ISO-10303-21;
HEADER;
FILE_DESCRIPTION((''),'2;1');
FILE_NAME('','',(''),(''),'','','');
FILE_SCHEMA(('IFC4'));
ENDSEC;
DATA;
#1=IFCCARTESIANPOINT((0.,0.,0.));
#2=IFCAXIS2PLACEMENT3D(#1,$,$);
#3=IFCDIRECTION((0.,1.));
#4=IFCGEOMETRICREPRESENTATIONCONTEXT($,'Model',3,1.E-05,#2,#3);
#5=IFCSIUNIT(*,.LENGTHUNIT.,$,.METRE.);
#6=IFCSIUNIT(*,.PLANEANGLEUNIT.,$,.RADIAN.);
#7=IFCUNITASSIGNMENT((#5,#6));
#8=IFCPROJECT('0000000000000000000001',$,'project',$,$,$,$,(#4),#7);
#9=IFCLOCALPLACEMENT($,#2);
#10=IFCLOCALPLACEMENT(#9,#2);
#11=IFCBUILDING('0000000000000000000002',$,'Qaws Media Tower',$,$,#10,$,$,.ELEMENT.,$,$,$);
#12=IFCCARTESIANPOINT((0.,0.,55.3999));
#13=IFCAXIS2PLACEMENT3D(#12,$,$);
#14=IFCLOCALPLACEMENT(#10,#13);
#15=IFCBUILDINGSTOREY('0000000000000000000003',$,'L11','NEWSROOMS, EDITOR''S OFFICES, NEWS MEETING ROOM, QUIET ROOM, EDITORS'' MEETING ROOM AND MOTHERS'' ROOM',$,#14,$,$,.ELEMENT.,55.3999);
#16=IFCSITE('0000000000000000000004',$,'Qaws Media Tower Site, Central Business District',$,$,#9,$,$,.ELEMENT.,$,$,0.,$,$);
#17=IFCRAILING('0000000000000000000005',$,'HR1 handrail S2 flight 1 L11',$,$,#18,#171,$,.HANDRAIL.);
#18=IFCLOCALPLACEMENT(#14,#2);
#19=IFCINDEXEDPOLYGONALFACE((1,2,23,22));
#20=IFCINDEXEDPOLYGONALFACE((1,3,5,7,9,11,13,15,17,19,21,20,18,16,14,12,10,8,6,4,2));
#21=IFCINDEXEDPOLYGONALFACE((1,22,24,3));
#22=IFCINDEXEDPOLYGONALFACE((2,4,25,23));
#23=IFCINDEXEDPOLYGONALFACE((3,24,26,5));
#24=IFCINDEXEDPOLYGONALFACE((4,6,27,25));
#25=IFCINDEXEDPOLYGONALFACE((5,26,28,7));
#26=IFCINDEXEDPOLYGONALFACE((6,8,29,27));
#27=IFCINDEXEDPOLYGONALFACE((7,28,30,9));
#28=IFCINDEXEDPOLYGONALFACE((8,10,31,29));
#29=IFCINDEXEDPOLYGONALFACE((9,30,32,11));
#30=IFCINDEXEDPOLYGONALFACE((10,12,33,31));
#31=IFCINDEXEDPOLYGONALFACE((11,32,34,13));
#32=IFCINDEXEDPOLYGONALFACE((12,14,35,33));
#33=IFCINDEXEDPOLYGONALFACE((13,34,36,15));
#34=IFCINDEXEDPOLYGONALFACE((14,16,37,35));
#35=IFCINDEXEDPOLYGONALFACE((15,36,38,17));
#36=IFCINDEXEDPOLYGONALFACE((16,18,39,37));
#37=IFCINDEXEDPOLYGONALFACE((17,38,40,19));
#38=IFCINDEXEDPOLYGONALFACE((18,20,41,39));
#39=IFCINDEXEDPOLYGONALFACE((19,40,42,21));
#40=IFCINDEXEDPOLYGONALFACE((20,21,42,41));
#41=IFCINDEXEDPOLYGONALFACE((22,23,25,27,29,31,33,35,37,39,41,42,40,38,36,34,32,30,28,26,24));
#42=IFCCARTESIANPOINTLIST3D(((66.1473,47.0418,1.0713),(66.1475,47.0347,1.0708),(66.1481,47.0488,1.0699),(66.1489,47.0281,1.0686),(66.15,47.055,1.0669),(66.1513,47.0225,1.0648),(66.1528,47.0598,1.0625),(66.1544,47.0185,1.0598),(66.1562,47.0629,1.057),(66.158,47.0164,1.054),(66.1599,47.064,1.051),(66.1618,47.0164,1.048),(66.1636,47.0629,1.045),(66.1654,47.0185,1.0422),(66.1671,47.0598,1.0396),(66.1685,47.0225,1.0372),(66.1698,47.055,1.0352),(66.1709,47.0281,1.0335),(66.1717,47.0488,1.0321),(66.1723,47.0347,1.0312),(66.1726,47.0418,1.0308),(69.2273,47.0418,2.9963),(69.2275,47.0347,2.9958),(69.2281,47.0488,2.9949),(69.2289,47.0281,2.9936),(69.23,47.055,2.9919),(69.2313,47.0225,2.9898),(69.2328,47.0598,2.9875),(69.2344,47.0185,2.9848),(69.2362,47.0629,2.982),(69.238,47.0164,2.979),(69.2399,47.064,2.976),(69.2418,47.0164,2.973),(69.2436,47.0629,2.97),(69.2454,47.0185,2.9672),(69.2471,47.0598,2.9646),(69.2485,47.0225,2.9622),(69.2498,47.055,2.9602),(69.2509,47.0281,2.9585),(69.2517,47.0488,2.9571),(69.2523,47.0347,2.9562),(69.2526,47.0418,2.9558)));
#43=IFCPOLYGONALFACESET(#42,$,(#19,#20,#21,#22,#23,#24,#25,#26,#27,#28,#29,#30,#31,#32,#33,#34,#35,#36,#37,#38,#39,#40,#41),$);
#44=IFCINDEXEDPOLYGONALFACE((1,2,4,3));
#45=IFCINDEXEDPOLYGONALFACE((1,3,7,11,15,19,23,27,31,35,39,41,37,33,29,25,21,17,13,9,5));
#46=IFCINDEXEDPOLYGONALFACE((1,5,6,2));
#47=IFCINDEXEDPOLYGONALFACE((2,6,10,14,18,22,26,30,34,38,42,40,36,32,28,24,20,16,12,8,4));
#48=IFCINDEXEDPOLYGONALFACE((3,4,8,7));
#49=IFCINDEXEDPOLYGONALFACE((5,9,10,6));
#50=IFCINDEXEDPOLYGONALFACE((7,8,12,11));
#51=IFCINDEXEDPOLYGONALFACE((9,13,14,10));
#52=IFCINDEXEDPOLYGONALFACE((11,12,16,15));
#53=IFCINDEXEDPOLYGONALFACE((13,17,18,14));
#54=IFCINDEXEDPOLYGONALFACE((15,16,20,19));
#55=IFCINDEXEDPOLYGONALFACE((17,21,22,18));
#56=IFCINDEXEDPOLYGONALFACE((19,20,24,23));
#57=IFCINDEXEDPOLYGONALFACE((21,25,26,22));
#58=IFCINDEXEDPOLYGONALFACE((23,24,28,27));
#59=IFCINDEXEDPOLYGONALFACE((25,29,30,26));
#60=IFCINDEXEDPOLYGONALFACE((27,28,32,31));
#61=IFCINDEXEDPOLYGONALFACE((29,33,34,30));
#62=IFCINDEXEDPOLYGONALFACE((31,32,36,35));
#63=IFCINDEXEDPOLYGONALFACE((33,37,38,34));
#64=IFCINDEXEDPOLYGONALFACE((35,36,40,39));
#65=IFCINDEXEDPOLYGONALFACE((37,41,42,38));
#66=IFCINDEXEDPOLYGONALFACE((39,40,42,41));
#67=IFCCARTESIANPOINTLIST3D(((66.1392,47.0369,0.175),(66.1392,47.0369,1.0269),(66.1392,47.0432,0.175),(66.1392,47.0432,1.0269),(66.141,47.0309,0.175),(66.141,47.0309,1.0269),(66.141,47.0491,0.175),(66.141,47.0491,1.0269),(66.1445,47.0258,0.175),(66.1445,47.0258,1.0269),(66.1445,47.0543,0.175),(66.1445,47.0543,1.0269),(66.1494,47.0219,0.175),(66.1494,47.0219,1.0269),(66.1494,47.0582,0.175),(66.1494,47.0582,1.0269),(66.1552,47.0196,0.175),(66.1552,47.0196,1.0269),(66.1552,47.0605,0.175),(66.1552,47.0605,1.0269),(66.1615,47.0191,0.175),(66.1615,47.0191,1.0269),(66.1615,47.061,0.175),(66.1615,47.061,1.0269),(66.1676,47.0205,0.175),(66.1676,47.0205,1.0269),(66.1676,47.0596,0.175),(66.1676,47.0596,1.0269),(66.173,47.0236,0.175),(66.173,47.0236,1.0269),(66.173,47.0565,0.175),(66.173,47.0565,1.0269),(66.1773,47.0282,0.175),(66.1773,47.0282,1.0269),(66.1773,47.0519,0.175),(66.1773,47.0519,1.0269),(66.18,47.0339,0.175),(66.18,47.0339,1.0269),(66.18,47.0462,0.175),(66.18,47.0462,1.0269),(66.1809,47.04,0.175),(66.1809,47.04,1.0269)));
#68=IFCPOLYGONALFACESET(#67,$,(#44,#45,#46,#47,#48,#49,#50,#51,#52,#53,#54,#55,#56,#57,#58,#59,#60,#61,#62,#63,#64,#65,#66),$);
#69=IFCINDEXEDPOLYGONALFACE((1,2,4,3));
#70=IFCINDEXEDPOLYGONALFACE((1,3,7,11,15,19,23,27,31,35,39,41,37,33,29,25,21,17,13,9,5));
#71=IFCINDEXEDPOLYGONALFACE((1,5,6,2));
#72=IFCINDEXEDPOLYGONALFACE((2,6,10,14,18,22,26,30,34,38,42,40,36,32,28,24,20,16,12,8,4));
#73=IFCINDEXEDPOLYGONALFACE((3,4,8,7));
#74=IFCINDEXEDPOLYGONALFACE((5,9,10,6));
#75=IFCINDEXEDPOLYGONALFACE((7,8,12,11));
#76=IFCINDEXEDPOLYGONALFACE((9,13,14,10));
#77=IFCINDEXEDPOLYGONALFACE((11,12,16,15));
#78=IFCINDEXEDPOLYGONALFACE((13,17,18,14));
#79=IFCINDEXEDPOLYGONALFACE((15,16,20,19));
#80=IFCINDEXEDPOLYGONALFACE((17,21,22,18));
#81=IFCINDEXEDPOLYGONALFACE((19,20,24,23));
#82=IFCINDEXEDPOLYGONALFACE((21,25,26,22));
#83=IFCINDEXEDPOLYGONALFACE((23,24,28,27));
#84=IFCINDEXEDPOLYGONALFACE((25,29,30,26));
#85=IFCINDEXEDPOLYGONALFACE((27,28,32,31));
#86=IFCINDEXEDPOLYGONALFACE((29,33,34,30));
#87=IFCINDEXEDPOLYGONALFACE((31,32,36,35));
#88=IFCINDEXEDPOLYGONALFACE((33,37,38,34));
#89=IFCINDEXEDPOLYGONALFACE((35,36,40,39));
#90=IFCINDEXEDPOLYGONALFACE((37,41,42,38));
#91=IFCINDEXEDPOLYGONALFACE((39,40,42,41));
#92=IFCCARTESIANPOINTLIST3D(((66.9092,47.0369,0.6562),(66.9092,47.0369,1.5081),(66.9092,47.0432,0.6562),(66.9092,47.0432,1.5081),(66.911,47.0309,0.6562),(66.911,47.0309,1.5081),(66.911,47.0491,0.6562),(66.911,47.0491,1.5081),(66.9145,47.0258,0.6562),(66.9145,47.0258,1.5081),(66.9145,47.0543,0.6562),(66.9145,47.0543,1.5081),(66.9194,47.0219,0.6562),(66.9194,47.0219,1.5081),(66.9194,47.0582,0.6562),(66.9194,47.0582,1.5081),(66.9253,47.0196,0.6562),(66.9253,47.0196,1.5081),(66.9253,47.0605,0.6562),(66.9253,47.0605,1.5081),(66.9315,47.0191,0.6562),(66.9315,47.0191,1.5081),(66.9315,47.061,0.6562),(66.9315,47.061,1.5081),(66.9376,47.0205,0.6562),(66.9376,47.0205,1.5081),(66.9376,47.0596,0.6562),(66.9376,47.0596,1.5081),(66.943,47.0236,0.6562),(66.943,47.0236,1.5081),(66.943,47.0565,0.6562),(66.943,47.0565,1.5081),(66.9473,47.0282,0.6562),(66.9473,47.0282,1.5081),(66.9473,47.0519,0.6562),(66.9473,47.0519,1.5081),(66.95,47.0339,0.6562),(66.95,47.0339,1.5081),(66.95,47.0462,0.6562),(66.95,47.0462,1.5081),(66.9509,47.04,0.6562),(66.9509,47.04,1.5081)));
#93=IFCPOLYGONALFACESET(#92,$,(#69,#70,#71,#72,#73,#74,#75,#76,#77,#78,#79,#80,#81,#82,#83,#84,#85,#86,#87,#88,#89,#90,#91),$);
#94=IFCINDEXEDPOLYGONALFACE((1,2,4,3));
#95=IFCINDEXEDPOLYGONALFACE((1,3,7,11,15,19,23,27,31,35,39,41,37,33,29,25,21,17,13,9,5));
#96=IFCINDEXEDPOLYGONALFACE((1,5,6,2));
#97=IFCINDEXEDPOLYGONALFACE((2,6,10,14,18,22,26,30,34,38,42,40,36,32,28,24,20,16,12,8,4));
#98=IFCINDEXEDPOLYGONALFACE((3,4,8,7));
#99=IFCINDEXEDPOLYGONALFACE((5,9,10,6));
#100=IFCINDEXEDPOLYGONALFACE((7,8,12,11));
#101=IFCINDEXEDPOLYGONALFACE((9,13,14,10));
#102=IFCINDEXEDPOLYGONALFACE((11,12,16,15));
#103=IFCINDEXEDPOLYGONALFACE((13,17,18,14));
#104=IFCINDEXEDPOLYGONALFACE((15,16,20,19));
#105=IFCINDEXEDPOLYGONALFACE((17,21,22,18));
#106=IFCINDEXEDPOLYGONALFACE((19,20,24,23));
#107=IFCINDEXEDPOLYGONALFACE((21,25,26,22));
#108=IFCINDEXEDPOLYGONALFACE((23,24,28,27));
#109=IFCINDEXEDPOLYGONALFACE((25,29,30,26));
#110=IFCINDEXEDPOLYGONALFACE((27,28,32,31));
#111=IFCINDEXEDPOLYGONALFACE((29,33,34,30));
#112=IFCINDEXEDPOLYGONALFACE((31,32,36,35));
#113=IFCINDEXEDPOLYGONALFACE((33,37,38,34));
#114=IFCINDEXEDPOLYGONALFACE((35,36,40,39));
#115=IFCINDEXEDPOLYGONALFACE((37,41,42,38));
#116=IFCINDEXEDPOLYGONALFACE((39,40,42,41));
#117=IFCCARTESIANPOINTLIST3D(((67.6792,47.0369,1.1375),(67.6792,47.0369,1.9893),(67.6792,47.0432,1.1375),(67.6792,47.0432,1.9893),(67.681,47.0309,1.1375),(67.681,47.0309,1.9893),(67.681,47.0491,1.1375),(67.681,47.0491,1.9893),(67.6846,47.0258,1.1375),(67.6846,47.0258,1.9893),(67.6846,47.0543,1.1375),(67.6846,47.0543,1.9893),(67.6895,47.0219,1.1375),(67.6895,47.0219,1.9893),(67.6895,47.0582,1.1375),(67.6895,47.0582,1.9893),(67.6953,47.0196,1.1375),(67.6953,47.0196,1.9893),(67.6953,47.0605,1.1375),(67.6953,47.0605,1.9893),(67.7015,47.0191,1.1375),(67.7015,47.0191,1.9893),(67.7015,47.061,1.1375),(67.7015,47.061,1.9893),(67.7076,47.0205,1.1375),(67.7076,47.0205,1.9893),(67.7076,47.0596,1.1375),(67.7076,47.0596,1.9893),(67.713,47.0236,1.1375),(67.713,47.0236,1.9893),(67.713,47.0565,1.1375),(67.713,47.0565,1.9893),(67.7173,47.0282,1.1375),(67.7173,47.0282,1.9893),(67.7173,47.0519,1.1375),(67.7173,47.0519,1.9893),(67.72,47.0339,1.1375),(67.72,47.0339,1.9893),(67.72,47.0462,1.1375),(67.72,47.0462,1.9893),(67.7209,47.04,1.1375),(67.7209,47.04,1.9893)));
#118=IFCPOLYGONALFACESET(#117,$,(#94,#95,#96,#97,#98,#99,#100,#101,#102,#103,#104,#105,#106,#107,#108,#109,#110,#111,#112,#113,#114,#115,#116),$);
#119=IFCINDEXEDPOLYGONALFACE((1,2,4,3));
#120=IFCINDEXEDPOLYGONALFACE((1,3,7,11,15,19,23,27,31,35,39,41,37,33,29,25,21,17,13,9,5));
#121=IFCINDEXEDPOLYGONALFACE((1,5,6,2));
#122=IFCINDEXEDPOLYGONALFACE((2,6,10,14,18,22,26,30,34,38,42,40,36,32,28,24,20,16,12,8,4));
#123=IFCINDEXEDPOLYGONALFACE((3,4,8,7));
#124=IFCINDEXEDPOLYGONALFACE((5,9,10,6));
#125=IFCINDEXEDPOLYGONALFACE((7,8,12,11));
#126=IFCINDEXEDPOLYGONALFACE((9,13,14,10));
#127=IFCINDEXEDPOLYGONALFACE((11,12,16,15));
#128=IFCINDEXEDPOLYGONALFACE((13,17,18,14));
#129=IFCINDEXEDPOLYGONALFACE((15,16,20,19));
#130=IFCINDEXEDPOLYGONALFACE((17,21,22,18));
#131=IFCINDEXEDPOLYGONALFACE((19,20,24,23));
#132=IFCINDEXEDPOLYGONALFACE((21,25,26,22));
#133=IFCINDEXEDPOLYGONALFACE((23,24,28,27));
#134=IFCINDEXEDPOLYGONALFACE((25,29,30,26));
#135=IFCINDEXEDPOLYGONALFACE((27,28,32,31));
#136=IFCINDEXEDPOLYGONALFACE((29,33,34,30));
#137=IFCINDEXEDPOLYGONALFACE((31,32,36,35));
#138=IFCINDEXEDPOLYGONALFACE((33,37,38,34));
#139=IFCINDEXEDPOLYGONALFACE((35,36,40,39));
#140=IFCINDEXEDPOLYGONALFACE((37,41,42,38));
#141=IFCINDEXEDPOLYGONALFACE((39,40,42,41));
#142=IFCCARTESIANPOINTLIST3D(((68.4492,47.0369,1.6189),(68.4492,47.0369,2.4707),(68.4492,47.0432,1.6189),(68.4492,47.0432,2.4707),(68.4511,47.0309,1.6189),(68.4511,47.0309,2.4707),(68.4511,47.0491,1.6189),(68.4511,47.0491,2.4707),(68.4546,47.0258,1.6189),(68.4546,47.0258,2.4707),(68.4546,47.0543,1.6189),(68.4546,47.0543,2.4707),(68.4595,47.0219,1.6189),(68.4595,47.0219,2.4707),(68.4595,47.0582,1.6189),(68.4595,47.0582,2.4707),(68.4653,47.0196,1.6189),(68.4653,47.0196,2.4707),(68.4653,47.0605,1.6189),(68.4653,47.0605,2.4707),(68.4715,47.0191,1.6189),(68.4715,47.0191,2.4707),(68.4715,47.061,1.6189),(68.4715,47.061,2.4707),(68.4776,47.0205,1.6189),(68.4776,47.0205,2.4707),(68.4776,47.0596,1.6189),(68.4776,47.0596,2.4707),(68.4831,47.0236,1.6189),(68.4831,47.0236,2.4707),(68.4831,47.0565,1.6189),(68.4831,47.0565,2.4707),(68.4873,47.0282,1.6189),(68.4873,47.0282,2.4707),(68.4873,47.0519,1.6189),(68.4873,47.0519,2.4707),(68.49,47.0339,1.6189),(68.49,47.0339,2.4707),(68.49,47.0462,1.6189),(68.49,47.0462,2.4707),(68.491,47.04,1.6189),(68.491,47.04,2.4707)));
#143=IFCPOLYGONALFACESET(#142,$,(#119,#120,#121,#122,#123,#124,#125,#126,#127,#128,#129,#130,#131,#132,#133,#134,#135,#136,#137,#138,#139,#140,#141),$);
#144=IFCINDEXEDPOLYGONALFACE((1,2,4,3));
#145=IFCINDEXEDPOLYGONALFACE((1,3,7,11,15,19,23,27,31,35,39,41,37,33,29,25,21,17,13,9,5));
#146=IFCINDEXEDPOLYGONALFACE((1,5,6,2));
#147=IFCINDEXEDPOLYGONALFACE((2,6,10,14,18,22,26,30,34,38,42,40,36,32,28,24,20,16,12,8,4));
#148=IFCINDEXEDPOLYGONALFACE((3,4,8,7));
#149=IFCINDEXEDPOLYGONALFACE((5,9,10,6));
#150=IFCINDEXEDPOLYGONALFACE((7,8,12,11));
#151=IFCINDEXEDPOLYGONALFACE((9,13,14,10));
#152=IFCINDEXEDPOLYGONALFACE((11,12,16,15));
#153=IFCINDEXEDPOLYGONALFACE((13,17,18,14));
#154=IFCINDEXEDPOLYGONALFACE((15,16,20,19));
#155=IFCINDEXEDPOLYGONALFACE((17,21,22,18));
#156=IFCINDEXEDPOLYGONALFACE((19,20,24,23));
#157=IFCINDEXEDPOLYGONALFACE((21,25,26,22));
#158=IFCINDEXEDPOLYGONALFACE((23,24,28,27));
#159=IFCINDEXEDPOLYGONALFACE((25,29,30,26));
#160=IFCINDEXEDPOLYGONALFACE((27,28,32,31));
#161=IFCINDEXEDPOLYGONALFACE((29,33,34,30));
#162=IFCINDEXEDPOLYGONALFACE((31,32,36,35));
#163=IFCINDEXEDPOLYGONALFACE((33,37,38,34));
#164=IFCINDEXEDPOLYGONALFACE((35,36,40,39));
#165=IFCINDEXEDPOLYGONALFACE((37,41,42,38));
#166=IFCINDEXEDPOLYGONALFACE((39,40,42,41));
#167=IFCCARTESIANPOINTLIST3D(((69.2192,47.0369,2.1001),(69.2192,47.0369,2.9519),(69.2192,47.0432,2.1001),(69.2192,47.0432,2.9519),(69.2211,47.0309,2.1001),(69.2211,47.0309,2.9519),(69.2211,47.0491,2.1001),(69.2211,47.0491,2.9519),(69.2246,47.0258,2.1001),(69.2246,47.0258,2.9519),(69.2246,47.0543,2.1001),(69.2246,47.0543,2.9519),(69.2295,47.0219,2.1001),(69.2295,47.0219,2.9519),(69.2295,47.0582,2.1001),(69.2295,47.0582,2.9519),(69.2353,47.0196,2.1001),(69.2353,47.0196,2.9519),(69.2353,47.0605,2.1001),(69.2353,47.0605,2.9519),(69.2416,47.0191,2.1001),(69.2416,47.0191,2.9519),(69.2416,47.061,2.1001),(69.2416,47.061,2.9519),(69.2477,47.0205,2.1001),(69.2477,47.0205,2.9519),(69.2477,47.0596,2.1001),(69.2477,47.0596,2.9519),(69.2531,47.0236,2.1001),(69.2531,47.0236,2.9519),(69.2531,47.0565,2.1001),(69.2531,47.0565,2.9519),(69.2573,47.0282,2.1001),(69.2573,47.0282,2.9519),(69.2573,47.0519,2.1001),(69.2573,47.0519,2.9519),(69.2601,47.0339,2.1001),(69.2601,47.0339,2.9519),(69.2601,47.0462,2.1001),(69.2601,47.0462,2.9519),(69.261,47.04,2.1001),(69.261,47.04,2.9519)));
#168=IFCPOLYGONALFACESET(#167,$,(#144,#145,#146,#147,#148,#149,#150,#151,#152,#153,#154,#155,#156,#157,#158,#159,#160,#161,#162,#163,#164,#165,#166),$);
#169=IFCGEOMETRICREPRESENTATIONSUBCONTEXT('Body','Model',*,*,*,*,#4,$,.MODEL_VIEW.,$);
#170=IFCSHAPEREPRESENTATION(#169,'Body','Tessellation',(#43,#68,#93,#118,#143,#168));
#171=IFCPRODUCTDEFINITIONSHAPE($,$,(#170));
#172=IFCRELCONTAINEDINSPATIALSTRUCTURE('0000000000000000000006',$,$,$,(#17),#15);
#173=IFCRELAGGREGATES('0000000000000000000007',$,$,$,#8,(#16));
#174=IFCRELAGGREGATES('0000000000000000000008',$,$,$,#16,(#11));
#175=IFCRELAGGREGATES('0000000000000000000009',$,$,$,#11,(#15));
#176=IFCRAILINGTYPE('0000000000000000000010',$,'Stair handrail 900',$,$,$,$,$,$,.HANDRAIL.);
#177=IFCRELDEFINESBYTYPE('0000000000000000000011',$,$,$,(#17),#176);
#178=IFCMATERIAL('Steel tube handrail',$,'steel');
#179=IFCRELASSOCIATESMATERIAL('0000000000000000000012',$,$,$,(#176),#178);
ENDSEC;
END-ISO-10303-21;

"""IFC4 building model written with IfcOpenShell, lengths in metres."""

from ifc_helpers import new_model, si_unit, direction, frame, origin, origin_2d, place, context, subcontext, project, spatial, circle, extrude, material, type_object, element, save


model = new_model("IFC4")

# Units and contexts
model_context = context("Model", 3, precision=1e-05, world=origin(), true_north=direction((0.0, 1.0)))
body_context = subcontext(model_context, "Body", "Model", "MODEL_VIEW")
ifc_project = project(units=[si_unit("LENGTHUNIT", "METRE"), si_unit("PLANEANGLEUNIT", "RADIAN")], contexts=[model_context])

# Site, building, storey
site_placement = place(None, origin())
site = spatial("IfcSite", under=ifc_project, at=site_placement, Name="Qaws Media Tower Site, Central Business District", CompositionType="ELEMENT", RefElevation=0.0)
building_placement = place(site_placement, origin())
building = spatial("IfcBuilding", under=site, at=building_placement, Name="Qaws Media Tower", CompositionType="ELEMENT")
storey_placement = place(building_placement, frame((0.0, 0.0, 55.3999)))
storey = spatial("IfcBuildingStorey", under=building, at=storey_placement, Name="L11", Description="NEWSROOMS, EDITOR'S OFFICES, NEWS MEETING ROOM, QUIET ROOM, EDITORS' MEETING ROOM AND MOTHERS' ROOM", CompositionType="ELEMENT", Elevation=55.3999)

# Railing
ifc_material_1 = material(Name="Steel tube handrail", Category="steel")
railing_type = type_object("IfcRailingType", Name="Stair handrail 900", PredefinedType="HANDRAIL", material=ifc_material_1)
railing_placement = place(storey_placement, frame((66.1599, 47.04, 0.175)))
element("IfcRailing", 1, at=railing_placement, inside=storey, type_object=railing_type, Name="HR1 handrail S2 flight 1 L11", PredefinedType="HANDRAIL", context=body_context, shape_type="SweptSolid", body=[
    extrude(circle(Radius=0.0239, at=origin_2d()), frame((0.0, 0.0, 0.876), z_axis=(0.847998, 0.0, 0.529999), x_axis=(0.0, 1.0, 0.0)), (0.0, 0.0, 1.0), 3.6321),
    extrude(circle(Radius=0.021, at=origin_2d()), origin(), (0.0, 0.0, 1.0), 0.8518),
    extrude(circle(Radius=0.021, at=origin_2d()), frame((0.77, 0.0, 0.4812)), (0.0, 0.0, 1.0), 0.8518),
    extrude(circle(Radius=0.021, at=origin_2d()), frame((1.54, 0.0, 0.9624)), (0.0, 0.0, 1.0), 0.8518),
    extrude(circle(Radius=0.021, at=origin_2d()), frame((2.3101, 0.0, 1.4438)), (0.0, 0.0, 1.0), 0.8518),
    extrude(circle(Radius=0.021, at=origin_2d()), frame((3.0801, 0.0, 1.925)), (0.0, 0.0, 1.0), 0.8518),
])

save(model, "model.ifc")
